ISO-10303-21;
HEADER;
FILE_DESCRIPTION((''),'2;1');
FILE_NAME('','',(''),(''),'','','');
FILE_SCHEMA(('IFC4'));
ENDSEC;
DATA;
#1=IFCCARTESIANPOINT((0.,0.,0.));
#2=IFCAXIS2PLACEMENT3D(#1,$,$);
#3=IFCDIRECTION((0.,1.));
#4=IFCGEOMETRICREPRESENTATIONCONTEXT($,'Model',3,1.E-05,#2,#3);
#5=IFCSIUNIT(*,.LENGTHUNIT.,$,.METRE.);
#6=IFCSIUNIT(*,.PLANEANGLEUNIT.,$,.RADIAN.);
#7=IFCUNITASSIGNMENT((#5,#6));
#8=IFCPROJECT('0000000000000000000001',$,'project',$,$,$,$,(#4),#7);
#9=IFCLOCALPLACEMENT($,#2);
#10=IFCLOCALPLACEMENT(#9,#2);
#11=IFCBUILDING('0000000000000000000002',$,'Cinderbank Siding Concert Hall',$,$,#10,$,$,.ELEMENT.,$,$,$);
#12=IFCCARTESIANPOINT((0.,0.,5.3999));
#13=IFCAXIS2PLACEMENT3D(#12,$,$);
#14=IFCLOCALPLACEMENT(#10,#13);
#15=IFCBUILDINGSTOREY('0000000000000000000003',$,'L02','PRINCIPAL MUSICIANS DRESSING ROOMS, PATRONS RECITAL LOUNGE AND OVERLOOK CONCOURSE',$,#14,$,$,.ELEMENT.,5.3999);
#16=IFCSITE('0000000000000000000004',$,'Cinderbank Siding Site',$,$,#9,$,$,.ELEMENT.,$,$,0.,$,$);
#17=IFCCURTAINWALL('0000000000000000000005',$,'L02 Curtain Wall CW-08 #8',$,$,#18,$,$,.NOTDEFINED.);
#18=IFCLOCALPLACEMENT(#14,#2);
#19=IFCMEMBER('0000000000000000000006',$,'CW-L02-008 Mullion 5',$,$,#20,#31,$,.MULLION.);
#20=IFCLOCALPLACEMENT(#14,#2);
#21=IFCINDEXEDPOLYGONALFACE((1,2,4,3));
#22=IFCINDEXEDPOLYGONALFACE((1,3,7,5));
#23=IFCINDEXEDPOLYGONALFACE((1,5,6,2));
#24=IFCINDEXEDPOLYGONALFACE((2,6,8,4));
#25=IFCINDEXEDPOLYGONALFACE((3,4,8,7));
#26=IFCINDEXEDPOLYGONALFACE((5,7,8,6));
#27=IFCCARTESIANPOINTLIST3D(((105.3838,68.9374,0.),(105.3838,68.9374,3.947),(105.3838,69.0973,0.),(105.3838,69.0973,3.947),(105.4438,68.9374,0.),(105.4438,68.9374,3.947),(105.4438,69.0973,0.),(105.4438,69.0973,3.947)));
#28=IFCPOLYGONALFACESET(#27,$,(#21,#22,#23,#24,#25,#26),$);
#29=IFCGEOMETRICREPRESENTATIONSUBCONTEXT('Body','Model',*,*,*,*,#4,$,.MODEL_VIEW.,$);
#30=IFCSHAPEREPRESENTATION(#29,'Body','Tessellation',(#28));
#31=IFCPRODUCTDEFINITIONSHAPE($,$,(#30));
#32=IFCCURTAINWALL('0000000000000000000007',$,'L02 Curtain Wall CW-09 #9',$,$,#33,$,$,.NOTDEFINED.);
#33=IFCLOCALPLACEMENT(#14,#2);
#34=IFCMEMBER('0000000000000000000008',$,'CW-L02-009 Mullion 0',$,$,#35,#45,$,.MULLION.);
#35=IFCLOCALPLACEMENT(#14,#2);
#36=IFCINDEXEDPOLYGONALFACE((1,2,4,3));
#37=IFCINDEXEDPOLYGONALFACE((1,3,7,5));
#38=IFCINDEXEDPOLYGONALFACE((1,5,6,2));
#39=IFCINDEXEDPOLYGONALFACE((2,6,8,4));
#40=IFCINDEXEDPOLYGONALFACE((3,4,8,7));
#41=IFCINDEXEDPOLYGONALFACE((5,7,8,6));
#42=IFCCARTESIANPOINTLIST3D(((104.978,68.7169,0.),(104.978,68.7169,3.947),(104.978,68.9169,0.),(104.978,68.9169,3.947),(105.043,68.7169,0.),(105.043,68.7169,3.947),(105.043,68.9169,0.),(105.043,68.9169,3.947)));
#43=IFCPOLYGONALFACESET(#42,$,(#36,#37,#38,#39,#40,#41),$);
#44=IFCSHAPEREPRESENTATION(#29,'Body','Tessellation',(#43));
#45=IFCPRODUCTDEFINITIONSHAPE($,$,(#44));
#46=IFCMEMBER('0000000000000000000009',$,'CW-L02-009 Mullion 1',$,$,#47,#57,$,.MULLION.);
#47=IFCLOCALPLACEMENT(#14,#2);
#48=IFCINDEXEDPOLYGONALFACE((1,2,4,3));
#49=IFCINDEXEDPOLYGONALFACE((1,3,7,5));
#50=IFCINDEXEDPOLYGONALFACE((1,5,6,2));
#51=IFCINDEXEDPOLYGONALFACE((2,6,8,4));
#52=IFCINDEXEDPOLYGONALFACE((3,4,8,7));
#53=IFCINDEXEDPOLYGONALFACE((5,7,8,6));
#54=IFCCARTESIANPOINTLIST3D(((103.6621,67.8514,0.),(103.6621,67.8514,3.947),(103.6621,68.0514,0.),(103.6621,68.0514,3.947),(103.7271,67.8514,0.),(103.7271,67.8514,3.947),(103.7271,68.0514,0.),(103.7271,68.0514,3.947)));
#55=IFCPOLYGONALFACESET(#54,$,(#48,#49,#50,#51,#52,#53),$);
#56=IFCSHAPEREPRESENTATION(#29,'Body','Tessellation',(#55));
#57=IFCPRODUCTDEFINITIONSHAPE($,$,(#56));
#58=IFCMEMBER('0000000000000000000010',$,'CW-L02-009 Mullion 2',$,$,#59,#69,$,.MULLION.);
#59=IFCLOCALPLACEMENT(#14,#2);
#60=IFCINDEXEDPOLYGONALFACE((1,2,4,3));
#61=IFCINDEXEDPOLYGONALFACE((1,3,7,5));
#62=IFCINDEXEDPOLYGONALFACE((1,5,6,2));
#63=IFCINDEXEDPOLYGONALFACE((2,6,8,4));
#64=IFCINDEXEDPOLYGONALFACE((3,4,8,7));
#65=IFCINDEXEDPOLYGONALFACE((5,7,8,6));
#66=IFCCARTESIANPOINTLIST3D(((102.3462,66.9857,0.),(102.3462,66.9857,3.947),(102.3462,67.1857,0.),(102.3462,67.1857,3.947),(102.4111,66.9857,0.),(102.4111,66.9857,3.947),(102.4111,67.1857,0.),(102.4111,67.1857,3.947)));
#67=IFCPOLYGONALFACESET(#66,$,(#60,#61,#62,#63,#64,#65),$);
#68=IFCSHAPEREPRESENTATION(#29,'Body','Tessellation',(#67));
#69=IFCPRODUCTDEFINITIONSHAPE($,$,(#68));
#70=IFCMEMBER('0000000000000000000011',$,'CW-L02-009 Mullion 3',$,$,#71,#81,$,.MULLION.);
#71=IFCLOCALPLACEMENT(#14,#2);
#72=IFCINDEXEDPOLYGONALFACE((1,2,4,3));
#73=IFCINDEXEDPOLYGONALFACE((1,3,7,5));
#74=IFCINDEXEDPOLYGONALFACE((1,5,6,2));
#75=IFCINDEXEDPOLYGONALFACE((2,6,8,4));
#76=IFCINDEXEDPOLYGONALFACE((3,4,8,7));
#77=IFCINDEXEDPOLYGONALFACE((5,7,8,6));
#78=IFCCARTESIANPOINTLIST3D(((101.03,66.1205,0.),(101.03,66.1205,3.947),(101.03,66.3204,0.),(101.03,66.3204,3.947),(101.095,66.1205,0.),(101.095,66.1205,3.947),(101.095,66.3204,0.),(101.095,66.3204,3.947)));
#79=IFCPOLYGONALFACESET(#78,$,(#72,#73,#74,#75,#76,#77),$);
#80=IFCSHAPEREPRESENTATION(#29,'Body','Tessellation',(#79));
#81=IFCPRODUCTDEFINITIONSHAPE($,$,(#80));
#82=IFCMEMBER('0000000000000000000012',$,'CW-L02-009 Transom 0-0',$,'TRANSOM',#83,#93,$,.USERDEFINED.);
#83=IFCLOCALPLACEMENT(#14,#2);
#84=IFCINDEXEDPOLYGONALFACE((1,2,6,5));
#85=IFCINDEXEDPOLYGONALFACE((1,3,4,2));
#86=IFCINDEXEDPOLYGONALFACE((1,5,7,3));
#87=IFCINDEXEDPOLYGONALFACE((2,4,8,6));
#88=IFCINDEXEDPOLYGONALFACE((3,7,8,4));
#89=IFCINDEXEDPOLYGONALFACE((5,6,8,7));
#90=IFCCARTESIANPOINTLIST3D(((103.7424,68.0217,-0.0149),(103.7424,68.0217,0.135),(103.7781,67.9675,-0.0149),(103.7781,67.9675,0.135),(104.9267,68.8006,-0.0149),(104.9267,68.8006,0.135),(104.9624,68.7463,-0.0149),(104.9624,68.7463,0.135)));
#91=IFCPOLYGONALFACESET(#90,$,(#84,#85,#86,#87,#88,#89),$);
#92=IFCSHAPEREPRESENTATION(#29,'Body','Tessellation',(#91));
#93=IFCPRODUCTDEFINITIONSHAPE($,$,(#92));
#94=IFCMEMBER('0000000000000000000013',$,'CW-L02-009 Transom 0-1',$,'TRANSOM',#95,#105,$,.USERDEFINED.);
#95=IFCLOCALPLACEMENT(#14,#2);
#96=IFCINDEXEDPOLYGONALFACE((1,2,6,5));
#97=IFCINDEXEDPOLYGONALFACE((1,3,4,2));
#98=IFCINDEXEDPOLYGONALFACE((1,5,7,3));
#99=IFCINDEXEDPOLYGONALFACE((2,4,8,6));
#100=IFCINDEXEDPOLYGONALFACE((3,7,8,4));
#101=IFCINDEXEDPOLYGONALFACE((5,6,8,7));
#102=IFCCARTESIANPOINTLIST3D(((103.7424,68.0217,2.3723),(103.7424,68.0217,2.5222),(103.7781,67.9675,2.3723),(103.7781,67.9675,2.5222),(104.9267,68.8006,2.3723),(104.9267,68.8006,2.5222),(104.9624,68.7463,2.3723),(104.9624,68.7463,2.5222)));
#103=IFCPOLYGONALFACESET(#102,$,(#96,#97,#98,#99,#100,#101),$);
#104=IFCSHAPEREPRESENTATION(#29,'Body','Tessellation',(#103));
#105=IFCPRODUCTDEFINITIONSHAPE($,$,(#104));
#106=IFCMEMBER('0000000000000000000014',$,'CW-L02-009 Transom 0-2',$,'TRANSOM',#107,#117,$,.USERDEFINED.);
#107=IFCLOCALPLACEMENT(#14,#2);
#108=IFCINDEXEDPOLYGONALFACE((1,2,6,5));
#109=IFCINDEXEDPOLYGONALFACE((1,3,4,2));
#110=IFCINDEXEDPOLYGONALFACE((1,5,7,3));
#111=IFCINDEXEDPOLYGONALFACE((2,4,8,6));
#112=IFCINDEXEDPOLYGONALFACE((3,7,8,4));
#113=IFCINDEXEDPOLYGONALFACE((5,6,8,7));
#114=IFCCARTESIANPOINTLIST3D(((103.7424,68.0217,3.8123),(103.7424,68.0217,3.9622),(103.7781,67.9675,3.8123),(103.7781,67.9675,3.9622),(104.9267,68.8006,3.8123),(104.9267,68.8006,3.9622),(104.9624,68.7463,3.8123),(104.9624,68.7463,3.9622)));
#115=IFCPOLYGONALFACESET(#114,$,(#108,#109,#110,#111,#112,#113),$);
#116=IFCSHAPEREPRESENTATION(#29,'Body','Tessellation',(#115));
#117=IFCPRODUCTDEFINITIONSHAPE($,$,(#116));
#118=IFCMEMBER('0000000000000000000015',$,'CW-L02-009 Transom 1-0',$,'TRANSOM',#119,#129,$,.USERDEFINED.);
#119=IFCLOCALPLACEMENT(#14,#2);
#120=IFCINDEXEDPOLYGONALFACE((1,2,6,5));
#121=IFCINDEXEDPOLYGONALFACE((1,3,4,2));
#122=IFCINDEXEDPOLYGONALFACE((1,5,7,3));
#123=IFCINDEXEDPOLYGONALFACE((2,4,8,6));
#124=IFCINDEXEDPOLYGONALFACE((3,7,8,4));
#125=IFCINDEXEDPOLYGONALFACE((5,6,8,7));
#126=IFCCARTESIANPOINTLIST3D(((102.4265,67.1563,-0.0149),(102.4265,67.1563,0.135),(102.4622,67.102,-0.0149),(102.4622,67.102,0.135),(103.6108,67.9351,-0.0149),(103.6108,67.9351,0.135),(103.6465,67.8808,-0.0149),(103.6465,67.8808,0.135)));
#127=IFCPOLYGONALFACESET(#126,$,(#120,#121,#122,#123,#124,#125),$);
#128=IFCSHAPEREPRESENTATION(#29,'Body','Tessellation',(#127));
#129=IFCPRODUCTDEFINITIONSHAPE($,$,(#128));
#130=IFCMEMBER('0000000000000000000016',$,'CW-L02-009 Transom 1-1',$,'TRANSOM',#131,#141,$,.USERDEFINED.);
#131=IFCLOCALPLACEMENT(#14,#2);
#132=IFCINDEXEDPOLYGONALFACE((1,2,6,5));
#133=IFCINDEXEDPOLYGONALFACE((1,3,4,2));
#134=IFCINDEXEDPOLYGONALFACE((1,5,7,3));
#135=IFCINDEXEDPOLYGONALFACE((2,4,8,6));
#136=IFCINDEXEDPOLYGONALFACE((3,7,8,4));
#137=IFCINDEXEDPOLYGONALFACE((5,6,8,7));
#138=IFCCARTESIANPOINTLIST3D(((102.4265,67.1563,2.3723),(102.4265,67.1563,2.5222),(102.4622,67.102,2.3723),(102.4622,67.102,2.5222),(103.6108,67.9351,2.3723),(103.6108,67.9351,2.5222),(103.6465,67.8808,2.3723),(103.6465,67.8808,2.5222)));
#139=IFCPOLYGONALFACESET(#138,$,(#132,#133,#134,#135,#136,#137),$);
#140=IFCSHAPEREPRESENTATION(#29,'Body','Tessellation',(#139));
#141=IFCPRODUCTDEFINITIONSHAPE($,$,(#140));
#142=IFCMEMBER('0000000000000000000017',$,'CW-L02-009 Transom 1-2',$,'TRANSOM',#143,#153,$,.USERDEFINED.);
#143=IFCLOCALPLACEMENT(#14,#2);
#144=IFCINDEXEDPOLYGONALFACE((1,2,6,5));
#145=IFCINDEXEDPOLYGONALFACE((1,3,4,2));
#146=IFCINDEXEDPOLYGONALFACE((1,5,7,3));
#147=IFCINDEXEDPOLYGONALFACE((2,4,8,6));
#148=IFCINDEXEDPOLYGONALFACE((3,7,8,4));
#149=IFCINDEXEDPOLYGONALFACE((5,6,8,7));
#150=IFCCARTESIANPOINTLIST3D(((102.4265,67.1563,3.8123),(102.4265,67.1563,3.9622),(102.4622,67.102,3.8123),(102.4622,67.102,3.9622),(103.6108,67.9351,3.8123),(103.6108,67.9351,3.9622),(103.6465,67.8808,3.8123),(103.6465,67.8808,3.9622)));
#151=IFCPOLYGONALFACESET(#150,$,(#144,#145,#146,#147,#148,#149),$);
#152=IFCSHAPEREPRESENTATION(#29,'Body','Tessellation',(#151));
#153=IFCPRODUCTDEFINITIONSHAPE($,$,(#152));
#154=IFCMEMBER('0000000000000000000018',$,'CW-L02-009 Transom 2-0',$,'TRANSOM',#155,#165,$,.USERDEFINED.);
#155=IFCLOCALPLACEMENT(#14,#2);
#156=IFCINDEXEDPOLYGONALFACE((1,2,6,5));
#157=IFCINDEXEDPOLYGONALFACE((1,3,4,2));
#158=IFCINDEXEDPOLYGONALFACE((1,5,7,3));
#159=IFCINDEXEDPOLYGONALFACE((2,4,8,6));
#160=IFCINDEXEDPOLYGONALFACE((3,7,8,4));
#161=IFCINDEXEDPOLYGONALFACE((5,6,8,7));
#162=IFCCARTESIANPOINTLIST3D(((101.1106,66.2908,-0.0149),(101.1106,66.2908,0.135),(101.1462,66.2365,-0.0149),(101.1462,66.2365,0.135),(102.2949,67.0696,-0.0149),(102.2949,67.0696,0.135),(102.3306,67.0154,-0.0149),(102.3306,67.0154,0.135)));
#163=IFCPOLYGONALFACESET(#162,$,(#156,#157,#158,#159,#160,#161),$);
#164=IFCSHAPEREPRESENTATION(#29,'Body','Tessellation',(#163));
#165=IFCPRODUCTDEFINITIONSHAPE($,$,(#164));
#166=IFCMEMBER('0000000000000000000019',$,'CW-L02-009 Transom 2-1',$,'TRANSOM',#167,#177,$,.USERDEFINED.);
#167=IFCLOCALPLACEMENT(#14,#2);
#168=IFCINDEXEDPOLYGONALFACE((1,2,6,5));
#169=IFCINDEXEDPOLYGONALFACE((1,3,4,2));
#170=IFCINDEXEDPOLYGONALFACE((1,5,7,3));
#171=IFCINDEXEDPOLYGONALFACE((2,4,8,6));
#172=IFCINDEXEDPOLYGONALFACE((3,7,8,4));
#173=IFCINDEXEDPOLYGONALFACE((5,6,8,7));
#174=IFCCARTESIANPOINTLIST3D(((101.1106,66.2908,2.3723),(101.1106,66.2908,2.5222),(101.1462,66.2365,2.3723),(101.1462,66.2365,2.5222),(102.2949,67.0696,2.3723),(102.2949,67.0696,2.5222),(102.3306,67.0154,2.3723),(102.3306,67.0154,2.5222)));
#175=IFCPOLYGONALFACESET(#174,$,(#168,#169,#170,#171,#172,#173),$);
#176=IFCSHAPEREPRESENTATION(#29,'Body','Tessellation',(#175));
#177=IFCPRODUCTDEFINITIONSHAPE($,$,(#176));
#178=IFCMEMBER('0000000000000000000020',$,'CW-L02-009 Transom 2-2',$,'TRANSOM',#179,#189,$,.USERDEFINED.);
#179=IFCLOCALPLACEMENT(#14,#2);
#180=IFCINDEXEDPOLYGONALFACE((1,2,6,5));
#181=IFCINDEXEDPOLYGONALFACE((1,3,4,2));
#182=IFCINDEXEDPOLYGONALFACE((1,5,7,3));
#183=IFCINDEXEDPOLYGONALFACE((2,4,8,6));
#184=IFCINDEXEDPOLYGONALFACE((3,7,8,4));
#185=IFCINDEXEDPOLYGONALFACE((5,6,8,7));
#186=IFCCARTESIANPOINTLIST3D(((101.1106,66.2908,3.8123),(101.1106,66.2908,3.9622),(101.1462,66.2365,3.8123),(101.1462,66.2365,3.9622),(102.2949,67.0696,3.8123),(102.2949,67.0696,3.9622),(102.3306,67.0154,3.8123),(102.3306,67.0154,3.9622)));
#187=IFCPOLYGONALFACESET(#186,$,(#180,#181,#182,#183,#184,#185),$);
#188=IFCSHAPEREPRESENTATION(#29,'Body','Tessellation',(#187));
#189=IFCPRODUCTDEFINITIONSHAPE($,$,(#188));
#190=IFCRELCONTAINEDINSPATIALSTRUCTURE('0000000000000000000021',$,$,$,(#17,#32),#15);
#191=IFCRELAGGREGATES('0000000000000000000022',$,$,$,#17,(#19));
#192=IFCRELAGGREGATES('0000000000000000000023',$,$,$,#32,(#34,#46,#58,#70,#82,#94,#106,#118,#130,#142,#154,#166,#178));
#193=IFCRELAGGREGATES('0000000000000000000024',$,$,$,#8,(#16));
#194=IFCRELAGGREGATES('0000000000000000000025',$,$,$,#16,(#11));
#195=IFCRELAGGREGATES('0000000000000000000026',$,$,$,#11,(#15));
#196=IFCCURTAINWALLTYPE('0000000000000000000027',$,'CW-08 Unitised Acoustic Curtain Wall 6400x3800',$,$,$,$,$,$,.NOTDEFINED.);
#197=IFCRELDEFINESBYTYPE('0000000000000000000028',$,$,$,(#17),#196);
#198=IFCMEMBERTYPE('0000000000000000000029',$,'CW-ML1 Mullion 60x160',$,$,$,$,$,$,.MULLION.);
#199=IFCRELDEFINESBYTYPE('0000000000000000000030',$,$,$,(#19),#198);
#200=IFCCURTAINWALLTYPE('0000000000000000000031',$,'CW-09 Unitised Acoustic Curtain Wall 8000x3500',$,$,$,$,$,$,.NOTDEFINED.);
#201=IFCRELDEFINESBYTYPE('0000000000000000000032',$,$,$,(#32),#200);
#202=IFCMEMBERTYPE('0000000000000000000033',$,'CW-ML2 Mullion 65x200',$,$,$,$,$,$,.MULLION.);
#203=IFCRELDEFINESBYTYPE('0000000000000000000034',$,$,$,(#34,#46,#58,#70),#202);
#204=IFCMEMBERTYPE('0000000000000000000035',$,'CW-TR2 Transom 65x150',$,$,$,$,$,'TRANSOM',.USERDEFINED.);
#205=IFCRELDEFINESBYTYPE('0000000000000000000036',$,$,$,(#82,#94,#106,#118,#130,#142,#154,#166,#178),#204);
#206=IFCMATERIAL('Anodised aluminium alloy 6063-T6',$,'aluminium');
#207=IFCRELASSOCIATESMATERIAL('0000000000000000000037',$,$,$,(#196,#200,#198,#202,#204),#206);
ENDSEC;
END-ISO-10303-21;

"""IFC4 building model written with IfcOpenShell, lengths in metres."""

from ifc_helpers import new_model, si_unit, direction, frame, origin, origin_2d, place, context, subcontext, project, spatial, rectangle, extrude, material, material_profile, profile_set, type_object, element, aggregate, save


model = new_model("IFC4")

# Units and contexts
model_context = context("Model", 3, precision=1e-05, world=origin(), true_north=direction((0.0, 1.0)))
body_context = subcontext(model_context, "Body", "Model", "MODEL_VIEW")
ifc_project = project(units=[si_unit("LENGTHUNIT", "METRE"), si_unit("PLANEANGLEUNIT", "RADIAN")], contexts=[model_context])

# Site, building, storey
site_placement = place(None, origin())
site = spatial("IfcSite", under=ifc_project, at=site_placement, Name="Cinderbank Siding Site", CompositionType="ELEMENT", RefElevation=0.0)
building_placement = place(site_placement, origin())
building = spatial("IfcBuilding", under=site, at=building_placement, Name="Cinderbank Siding Concert Hall", CompositionType="ELEMENT")
storey_placement = place(building_placement, frame((0.0, 0.0, 5.3999)))
storey = spatial("IfcBuildingStorey", under=building, at=storey_placement, Name="L02", Description="PRINCIPAL MUSICIANS DRESSING ROOMS, PATRONS RECITAL LOUNGE AND OVERLOOK CONCOURSE", CompositionType="ELEMENT", Elevation=5.3999)

# Curtain wall, member
ifc_material_1 = material(Name="Anodised aluminium alloy 6063-T6", Category="aluminium")
curtain_wall_type_1 = type_object("IfcCurtainWallType", Name="CW-08 Unitised Acoustic Curtain Wall 6400x3800", PredefinedType="NOTDEFINED", material=ifc_material_1)
curtain_wall_1_placement = place(storey_placement, origin())
curtain_wall_1 = element("IfcCurtainWall", 1, at=curtain_wall_1_placement, inside=storey, type_object=curtain_wall_type_1, Name="L02 Curtain Wall CW-08 #8", PredefinedType="NOTDEFINED")
ifc_material_profile_1 = material_profile(ifc_material_1, rectangle(XDim=0.0601, YDim=0.1599, at=origin_2d()), Name="ALU-MULL-60x160", Category="LoadBearing")
ifc_profile_set_1 = profile_set([ifc_material_profile_1], Name="Anodised aluminium alloy 6063-T6")
member_type_1 = type_object("IfcMemberType", Name="CW-ML1 Mullion 60x160", PredefinedType="MULLION", material=ifc_profile_set_1)
member_1_placement = place(storey_placement, frame((105.4138, 69.0173, 0.0), z_axis=(0.0, 0.0, 1.0), x_axis=(1.0, 0.0, 0.0)))
member_1 = element("IfcMember", 2, at=member_1_placement, type_object=member_type_1, Name="CW-L02-008 Mullion 5", PredefinedType="MULLION", context=body_context, shape_type="SweptSolid", body=[
    extrude(rectangle(XDim=0.0601, YDim=0.1599, at=origin_2d()), origin(), (0.0, 0.0, 1.0), 3.947),
])
aggregate(curtain_wall_1, [member_1])

# Curtain wall, members
curtain_wall_type_2 = type_object("IfcCurtainWallType", Name="CW-09 Unitised Acoustic Curtain Wall 8000x3500", PredefinedType="NOTDEFINED", material=ifc_material_1)
curtain_wall_2_placement = place(storey_placement, origin())
curtain_wall_2 = element("IfcCurtainWall", 3, at=curtain_wall_2_placement, inside=storey, type_object=curtain_wall_type_2, Name="L02 Curtain Wall CW-09 #9", PredefinedType="NOTDEFINED")
ifc_material_profile_2 = material_profile(ifc_material_1, rectangle(XDim=0.0649, YDim=0.2, at=origin_2d()), Name="ALU-MULL-65x200", Category="LoadBearing")
ifc_profile_set_2 = profile_set([ifc_material_profile_2], Name="Anodised aluminium alloy 6063-T6")
member_type_2 = type_object("IfcMemberType", Name="CW-ML2 Mullion 65x200", PredefinedType="MULLION", material=ifc_profile_set_2)
member_2_placement = place(storey_placement, frame((105.0105, 68.8169, 0.0), z_axis=(0.0, 0.0, 1.0), x_axis=(1.0, 0.0, 0.0)))
member_2 = element("IfcMember", 4, at=member_2_placement, type_object=member_type_2, Name="CW-L02-009 Mullion 0", PredefinedType="MULLION", context=body_context, shape_type="SweptSolid", body=[
    extrude(rectangle(XDim=0.0649, YDim=0.2, at=origin_2d()), origin(), (0.0, 0.0, 1.0), 3.947),
])
member_3_placement = place(storey_placement, frame((103.6946, 67.9514, 0.0), z_axis=(0.0, 0.0, 1.0), x_axis=(1.0, 0.0, 0.0)))
member_3 = element("IfcMember", 5, at=member_3_placement, type_object=member_type_2, Name="CW-L02-009 Mullion 1", PredefinedType="MULLION", context=body_context, shape_type="SweptSolid", body=[
    extrude(rectangle(XDim=0.0649, YDim=0.2, at=origin_2d()), origin(), (0.0, 0.0, 1.0), 3.947),
])
member_4_placement = place(storey_placement, frame((102.3787, 67.0857, 0.0), z_axis=(0.0, 0.0, 1.0), x_axis=(1.0, 0.0, 0.0)))
member_4 = element("IfcMember", 6, at=member_4_placement, type_object=member_type_2, Name="CW-L02-009 Mullion 2", PredefinedType="MULLION", context=body_context, shape_type="SweptSolid", body=[
    extrude(rectangle(XDim=0.0649, YDim=0.2, at=origin_2d()), origin(), (0.0, 0.0, 1.0), 3.947),
])
member_5_placement = place(storey_placement, frame((101.0625, 66.2205, 0.0), z_axis=(0.0, 0.0, 1.0), x_axis=(1.0, 0.0, 0.0)))
member_5 = element("IfcMember", 7, at=member_5_placement, type_object=member_type_2, Name="CW-L02-009 Mullion 3", PredefinedType="MULLION", context=body_context, shape_type="SweptSolid", body=[
    extrude(rectangle(XDim=0.0649, YDim=0.2, at=origin_2d()), origin(), (0.0, 0.0, 1.0), 3.947),
])
ifc_material_profile_3 = material_profile(ifc_material_1, rectangle(XDim=0.0649, YDim=0.1499, at=origin_2d()), Name="ALU-TRAN-65x150", Category="LoadBearing")
ifc_profile_set_3 = profile_set([ifc_material_profile_3], Name="Anodised aluminium alloy 6063-T6")
member_type_3 = type_object("IfcMemberType", Name="CW-TR2 Transom 65x150", ElementType="TRANSOM", PredefinedType="USERDEFINED", material=ifc_profile_set_3)
member_6_placement = place(storey_placement, frame((104.9446, 68.7734, 0.0601), z_axis=(-0.835532, -0.549443, 0.0), x_axis=(0.549443, -0.835532, 0.0)))
member_6 = element("IfcMember", 8, at=member_6_placement, type_object=member_type_3, Name="CW-L02-009 Transom 0-0", ObjectType="TRANSOM", PredefinedType="USERDEFINED", context=body_context, shape_type="SweptSolid", body=[
    extrude(rectangle(XDim=0.0649, YDim=0.1499, at=origin_2d()), origin(), (0.0, 0.0, 1.0), 1.4175),
])
member_7_placement = place(storey_placement, frame((104.9446, 68.7734, 2.4473), z_axis=(-0.835532, -0.549443, 0.0), x_axis=(0.549443, -0.835532, 0.0)))
member_7 = element("IfcMember", 9, at=member_7_placement, type_object=member_type_3, Name="CW-L02-009 Transom 0-1", ObjectType="TRANSOM", PredefinedType="USERDEFINED", context=body_context, shape_type="SweptSolid", body=[
    extrude(rectangle(XDim=0.0649, YDim=0.1499, at=origin_2d()), origin(), (0.0, 0.0, 1.0), 1.4175),
])
member_8_placement = place(storey_placement, frame((104.9446, 68.7734, 3.8872), z_axis=(-0.835532, -0.549443, 0.0), x_axis=(0.549443, -0.835532, 0.0)))
member_8 = element("IfcMember", 10, at=member_8_placement, type_object=member_type_3, Name="CW-L02-009 Transom 0-2", ObjectType="TRANSOM", PredefinedType="USERDEFINED", context=body_context, shape_type="SweptSolid", body=[
    extrude(rectangle(XDim=0.0649, YDim=0.1499, at=origin_2d()), origin(), (0.0, 0.0, 1.0), 1.4175),
])
member_9_placement = place(storey_placement, frame((103.6287, 67.908, 0.0601), z_axis=(-0.835532, -0.549443, 0.0), x_axis=(0.549443, -0.835532, 0.0)))
member_9 = element("IfcMember", 11, at=member_9_placement, type_object=member_type_3, Name="CW-L02-009 Transom 1-0", ObjectType="TRANSOM", PredefinedType="USERDEFINED", context=body_context, shape_type="SweptSolid", body=[
    extrude(rectangle(XDim=0.0649, YDim=0.1499, at=origin_2d()), origin(), (0.0, 0.0, 1.0), 1.4175),
])
member_10_placement = place(storey_placement, frame((103.6287, 67.908, 2.4473), z_axis=(-0.835532, -0.549443, 0.0), x_axis=(0.549443, -0.835532, 0.0)))
member_10 = element("IfcMember", 12, at=member_10_placement, type_object=member_type_3, Name="CW-L02-009 Transom 1-1", ObjectType="TRANSOM", PredefinedType="USERDEFINED", context=body_context, shape_type="SweptSolid", body=[
    extrude(rectangle(XDim=0.0649, YDim=0.1499, at=origin_2d()), origin(), (0.0, 0.0, 1.0), 1.4175),
])
member_11_placement = place(storey_placement, frame((103.6287, 67.908, 3.8872), z_axis=(-0.835532, -0.549443, 0.0), x_axis=(0.549443, -0.835532, 0.0)))
member_11 = element("IfcMember", 13, at=member_11_placement, type_object=member_type_3, Name="CW-L02-009 Transom 1-2", ObjectType="TRANSOM", PredefinedType="USERDEFINED", context=body_context, shape_type="SweptSolid", body=[
    extrude(rectangle(XDim=0.0649, YDim=0.1499, at=origin_2d()), origin(), (0.0, 0.0, 1.0), 1.4175),
])
member_12_placement = place(storey_placement, frame((102.3127, 67.0425, 0.0601), z_axis=(-0.835532, -0.549443, 0.0), x_axis=(0.549443, -0.835532, 0.0)))
member_12 = element("IfcMember", 14, at=member_12_placement, type_object=member_type_3, Name="CW-L02-009 Transom 2-0", ObjectType="TRANSOM", PredefinedType="USERDEFINED", context=body_context, shape_type="SweptSolid", body=[
    extrude(rectangle(XDim=0.0649, YDim=0.1499, at=origin_2d()), origin(), (0.0, 0.0, 1.0), 1.4175),
])
member_13_placement = place(storey_placement, frame((102.3127, 67.0425, 2.4473), z_axis=(-0.835532, -0.549443, 0.0), x_axis=(0.549443, -0.835532, 0.0)))
member_13 = element("IfcMember", 15, at=member_13_placement, type_object=member_type_3, Name="CW-L02-009 Transom 2-1", ObjectType="TRANSOM", PredefinedType="USERDEFINED", context=body_context, shape_type="SweptSolid", body=[
    extrude(rectangle(XDim=0.0649, YDim=0.1499, at=origin_2d()), origin(), (0.0, 0.0, 1.0), 1.4175),
])
member_14_placement = place(storey_placement, frame((102.3127, 67.0425, 3.8872), z_axis=(-0.835532, -0.549443, 0.0), x_axis=(0.549443, -0.835532, 0.0)))
member_14 = element("IfcMember", 16, at=member_14_placement, type_object=member_type_3, Name="CW-L02-009 Transom 2-2", ObjectType="TRANSOM", PredefinedType="USERDEFINED", context=body_context, shape_type="SweptSolid", body=[
    extrude(rectangle(XDim=0.0649, YDim=0.1499, at=origin_2d()), origin(), (0.0, 0.0, 1.0), 1.4175),
])

aggregate(curtain_wall_2, [member_2, member_3, member_4, member_5, member_6, member_7, member_8, member_9, member_10, member_11, member_12, member_13, member_14])

save(model, "model.ifc")
